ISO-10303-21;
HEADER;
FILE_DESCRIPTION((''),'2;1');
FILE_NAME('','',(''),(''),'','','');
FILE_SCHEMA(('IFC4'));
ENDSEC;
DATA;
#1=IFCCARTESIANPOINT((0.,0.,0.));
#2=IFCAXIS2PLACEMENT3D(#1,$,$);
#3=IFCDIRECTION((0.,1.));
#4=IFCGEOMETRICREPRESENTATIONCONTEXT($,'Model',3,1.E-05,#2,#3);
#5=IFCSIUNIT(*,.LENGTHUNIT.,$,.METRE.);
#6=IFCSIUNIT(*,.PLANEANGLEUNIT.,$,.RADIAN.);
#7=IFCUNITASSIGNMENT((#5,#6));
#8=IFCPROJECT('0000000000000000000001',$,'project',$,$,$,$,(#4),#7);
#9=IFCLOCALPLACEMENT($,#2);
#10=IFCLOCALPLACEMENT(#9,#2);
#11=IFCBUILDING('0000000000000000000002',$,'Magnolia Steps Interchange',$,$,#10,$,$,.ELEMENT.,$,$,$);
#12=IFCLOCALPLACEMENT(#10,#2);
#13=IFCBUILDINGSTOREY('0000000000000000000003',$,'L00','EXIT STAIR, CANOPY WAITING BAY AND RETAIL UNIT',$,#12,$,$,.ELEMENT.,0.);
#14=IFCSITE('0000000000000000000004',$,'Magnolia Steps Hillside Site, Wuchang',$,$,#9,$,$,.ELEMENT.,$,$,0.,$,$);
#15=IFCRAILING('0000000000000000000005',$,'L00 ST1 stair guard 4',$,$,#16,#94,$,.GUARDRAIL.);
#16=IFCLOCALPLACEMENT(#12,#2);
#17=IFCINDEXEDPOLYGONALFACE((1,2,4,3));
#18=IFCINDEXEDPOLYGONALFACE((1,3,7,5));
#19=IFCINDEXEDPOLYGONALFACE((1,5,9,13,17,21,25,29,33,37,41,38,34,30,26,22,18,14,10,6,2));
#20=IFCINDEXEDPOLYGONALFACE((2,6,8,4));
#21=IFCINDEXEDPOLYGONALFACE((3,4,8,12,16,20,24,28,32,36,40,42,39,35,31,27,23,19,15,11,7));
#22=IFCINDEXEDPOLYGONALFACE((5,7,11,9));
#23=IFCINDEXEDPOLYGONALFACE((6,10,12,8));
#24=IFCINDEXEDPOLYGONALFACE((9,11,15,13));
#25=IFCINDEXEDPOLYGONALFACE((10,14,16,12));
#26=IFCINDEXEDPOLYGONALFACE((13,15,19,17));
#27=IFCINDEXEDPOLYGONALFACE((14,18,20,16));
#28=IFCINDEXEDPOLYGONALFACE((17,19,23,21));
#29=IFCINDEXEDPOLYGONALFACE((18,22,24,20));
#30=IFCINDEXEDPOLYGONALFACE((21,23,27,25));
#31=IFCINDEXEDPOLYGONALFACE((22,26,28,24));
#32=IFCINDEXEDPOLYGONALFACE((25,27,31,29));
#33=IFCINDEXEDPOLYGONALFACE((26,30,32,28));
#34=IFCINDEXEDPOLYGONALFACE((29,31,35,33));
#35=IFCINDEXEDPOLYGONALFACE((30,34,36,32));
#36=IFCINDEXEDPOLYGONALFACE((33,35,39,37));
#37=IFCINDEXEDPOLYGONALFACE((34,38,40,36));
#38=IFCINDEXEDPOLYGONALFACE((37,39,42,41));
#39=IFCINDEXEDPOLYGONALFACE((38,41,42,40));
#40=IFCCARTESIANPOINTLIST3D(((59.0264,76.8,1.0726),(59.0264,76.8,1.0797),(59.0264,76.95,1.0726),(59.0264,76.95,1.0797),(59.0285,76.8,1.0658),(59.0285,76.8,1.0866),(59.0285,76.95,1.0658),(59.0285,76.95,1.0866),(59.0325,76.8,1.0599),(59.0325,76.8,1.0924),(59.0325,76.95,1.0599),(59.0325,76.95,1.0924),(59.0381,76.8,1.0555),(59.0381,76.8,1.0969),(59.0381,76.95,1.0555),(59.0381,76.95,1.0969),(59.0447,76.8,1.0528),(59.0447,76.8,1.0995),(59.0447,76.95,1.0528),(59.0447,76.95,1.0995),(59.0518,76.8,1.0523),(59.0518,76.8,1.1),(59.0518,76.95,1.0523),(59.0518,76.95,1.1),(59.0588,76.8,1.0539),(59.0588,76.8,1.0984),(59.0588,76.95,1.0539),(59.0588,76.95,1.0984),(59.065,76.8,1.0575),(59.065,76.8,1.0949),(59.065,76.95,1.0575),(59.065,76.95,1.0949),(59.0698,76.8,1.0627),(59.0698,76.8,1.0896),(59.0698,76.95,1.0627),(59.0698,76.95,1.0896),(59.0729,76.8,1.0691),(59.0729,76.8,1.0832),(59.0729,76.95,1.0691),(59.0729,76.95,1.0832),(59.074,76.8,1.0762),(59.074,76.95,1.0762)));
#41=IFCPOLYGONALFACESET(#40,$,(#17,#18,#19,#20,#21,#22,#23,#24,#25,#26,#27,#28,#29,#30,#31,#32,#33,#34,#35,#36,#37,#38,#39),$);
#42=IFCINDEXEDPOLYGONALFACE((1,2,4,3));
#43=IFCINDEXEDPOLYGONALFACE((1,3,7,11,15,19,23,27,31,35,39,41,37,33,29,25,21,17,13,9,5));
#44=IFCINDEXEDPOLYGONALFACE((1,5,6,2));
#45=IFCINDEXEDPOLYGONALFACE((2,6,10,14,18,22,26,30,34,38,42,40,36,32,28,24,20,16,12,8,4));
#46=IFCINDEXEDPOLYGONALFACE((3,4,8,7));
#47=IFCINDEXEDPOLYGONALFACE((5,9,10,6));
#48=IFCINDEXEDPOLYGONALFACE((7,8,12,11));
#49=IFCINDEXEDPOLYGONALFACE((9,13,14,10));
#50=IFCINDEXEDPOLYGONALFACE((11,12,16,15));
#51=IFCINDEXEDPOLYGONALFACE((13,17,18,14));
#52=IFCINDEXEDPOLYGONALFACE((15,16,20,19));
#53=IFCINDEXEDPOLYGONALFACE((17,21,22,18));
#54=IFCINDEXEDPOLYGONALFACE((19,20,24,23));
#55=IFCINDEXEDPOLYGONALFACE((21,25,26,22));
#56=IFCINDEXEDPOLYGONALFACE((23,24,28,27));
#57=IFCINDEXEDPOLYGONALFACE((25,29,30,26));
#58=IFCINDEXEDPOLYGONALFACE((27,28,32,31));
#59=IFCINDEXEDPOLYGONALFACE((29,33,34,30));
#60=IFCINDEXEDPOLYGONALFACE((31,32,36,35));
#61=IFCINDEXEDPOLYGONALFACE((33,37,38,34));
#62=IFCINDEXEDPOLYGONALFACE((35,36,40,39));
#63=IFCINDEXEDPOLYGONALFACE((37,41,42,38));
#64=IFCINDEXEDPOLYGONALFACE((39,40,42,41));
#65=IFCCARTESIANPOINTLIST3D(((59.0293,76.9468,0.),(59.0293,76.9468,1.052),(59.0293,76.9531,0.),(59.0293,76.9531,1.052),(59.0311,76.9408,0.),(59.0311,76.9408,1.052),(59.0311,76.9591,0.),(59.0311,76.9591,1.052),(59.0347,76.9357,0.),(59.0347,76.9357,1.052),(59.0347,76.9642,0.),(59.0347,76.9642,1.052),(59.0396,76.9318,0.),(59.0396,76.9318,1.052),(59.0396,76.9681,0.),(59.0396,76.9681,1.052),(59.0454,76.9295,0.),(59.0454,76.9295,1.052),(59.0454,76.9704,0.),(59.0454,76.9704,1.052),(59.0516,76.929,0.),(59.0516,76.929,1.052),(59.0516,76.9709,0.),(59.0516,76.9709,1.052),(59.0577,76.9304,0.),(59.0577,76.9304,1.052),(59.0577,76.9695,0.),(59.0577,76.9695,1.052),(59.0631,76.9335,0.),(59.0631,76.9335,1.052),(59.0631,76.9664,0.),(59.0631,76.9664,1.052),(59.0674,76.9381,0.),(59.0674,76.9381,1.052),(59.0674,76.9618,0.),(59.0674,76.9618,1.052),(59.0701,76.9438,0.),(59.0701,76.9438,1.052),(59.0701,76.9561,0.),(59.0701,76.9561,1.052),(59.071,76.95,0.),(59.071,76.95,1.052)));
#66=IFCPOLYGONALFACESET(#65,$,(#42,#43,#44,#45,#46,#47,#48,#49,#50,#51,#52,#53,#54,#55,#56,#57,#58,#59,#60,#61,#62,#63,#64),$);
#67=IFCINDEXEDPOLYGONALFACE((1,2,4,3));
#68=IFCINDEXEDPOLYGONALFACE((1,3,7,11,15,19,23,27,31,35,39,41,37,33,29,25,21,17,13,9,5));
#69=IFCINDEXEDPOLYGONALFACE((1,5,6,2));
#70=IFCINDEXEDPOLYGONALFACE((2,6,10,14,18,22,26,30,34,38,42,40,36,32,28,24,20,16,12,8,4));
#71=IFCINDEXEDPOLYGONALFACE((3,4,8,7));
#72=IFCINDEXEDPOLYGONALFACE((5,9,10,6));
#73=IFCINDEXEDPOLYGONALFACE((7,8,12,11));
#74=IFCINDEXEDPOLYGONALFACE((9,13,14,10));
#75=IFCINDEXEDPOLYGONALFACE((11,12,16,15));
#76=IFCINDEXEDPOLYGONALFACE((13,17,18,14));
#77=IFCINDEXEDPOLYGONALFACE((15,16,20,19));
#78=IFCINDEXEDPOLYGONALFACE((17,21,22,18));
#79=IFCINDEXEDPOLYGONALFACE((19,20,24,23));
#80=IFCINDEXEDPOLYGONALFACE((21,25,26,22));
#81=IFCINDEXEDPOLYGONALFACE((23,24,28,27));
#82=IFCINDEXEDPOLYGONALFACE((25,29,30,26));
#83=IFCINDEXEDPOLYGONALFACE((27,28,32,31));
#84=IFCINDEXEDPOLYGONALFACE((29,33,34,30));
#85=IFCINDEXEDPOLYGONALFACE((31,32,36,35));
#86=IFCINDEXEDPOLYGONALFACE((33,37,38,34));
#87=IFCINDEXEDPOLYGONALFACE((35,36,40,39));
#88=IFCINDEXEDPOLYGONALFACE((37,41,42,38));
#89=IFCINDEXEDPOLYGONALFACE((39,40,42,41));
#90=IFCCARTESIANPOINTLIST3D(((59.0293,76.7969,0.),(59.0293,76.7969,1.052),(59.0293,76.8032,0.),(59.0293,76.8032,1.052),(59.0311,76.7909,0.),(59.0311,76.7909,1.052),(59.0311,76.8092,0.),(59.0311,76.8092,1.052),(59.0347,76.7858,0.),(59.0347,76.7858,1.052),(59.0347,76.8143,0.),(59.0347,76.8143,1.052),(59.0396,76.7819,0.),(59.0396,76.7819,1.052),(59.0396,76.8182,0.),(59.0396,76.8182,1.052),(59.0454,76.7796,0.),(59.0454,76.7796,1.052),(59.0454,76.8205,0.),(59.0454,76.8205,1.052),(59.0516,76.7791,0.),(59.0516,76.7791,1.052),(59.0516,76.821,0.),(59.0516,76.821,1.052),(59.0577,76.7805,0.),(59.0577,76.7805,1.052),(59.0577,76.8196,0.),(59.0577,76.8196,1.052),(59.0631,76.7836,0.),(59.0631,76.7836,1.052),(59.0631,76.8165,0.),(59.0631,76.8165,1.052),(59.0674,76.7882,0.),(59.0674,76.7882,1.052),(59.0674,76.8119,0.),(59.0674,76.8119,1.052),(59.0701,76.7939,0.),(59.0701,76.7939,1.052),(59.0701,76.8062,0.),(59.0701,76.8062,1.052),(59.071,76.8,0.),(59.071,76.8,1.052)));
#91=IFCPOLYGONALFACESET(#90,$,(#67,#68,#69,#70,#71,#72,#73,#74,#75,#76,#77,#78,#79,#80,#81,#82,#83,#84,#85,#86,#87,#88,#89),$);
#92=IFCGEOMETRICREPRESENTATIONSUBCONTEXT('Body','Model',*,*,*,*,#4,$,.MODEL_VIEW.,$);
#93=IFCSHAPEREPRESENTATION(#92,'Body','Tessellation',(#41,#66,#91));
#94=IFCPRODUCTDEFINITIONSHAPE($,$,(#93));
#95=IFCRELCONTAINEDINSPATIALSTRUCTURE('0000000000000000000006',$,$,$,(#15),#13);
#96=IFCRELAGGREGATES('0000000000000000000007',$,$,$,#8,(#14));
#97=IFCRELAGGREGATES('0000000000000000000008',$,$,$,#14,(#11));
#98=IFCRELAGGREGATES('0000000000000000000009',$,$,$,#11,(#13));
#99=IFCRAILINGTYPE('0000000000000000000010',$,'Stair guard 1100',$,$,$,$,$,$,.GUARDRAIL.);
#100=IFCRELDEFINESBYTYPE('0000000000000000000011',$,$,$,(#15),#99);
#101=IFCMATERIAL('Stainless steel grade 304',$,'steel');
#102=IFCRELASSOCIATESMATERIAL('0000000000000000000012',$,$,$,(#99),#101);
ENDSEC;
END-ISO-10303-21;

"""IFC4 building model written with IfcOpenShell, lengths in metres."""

from ifc_helpers import new_model, si_unit, direction, frame, origin, origin_2d, place, context, subcontext, project, spatial, circle, extrude, material, type_object, element, save


model = new_model("IFC4")

# Units and contexts
model_context = context("Model", 3, precision=1e-05, world=origin(), true_north=direction((0.0, 1.0)))
body_context = subcontext(model_context, "Body", "Model", "MODEL_VIEW")
ifc_project = project(units=[si_unit("LENGTHUNIT", "METRE"), si_unit("PLANEANGLEUNIT", "RADIAN")], contexts=[model_context])

# Site, building, storey
site_placement = place(None, origin())
site = spatial("IfcSite", under=ifc_project, at=site_placement, Name="Magnolia Steps Hillside Site, Wuchang", CompositionType="ELEMENT", RefElevation=0.0)
building_placement = place(site_placement, origin())
building = spatial("IfcBuilding", under=site, at=building_placement, Name="Magnolia Steps Interchange", CompositionType="ELEMENT")
storey_placement = place(building_placement, origin())
storey = spatial("IfcBuildingStorey", under=building, at=storey_placement, Name="L00", Description="EXIT STAIR, CANOPY WAITING BAY AND RETAIL UNIT", CompositionType="ELEMENT", Elevation=0.0)

# Railing
ifc_material_1 = material(Name="Stainless steel grade 304", Category="steel")
railing_type_1 = type_object("IfcRailingType", Name="Stair guard 1100", PredefinedType="GUARDRAIL", material=ifc_material_1)
railing_1_placement = place(storey_placement, frame((59.05, 76.95, 0.0)))
element("IfcRailing", 1, at=railing_1_placement, inside=storey, type_object=railing_type_1, Name="L00 ST1 stair guard 4", PredefinedType="GUARDRAIL", context=body_context, shape_type="SweptSolid", body=[
    extrude(circle(Radius=0.0239, at=origin_2d()), frame((0.0, 0.0, 1.0762), z_axis=(0.0, -1.0, 0.0), x_axis=(1.0, 0.0, 0.0)), (0.0, 0.0, 1.0), 0.1499),
    extrude(circle(Radius=0.021, at=origin_2d()), origin(), (0.0, 0.0, 1.0), 1.052),
    extrude(circle(Radius=0.021, at=origin_2d()), frame((0.0, -0.1499, 0.0)), (0.0, 0.0, 1.0), 1.052),
])

save(model, "model.ifc")
